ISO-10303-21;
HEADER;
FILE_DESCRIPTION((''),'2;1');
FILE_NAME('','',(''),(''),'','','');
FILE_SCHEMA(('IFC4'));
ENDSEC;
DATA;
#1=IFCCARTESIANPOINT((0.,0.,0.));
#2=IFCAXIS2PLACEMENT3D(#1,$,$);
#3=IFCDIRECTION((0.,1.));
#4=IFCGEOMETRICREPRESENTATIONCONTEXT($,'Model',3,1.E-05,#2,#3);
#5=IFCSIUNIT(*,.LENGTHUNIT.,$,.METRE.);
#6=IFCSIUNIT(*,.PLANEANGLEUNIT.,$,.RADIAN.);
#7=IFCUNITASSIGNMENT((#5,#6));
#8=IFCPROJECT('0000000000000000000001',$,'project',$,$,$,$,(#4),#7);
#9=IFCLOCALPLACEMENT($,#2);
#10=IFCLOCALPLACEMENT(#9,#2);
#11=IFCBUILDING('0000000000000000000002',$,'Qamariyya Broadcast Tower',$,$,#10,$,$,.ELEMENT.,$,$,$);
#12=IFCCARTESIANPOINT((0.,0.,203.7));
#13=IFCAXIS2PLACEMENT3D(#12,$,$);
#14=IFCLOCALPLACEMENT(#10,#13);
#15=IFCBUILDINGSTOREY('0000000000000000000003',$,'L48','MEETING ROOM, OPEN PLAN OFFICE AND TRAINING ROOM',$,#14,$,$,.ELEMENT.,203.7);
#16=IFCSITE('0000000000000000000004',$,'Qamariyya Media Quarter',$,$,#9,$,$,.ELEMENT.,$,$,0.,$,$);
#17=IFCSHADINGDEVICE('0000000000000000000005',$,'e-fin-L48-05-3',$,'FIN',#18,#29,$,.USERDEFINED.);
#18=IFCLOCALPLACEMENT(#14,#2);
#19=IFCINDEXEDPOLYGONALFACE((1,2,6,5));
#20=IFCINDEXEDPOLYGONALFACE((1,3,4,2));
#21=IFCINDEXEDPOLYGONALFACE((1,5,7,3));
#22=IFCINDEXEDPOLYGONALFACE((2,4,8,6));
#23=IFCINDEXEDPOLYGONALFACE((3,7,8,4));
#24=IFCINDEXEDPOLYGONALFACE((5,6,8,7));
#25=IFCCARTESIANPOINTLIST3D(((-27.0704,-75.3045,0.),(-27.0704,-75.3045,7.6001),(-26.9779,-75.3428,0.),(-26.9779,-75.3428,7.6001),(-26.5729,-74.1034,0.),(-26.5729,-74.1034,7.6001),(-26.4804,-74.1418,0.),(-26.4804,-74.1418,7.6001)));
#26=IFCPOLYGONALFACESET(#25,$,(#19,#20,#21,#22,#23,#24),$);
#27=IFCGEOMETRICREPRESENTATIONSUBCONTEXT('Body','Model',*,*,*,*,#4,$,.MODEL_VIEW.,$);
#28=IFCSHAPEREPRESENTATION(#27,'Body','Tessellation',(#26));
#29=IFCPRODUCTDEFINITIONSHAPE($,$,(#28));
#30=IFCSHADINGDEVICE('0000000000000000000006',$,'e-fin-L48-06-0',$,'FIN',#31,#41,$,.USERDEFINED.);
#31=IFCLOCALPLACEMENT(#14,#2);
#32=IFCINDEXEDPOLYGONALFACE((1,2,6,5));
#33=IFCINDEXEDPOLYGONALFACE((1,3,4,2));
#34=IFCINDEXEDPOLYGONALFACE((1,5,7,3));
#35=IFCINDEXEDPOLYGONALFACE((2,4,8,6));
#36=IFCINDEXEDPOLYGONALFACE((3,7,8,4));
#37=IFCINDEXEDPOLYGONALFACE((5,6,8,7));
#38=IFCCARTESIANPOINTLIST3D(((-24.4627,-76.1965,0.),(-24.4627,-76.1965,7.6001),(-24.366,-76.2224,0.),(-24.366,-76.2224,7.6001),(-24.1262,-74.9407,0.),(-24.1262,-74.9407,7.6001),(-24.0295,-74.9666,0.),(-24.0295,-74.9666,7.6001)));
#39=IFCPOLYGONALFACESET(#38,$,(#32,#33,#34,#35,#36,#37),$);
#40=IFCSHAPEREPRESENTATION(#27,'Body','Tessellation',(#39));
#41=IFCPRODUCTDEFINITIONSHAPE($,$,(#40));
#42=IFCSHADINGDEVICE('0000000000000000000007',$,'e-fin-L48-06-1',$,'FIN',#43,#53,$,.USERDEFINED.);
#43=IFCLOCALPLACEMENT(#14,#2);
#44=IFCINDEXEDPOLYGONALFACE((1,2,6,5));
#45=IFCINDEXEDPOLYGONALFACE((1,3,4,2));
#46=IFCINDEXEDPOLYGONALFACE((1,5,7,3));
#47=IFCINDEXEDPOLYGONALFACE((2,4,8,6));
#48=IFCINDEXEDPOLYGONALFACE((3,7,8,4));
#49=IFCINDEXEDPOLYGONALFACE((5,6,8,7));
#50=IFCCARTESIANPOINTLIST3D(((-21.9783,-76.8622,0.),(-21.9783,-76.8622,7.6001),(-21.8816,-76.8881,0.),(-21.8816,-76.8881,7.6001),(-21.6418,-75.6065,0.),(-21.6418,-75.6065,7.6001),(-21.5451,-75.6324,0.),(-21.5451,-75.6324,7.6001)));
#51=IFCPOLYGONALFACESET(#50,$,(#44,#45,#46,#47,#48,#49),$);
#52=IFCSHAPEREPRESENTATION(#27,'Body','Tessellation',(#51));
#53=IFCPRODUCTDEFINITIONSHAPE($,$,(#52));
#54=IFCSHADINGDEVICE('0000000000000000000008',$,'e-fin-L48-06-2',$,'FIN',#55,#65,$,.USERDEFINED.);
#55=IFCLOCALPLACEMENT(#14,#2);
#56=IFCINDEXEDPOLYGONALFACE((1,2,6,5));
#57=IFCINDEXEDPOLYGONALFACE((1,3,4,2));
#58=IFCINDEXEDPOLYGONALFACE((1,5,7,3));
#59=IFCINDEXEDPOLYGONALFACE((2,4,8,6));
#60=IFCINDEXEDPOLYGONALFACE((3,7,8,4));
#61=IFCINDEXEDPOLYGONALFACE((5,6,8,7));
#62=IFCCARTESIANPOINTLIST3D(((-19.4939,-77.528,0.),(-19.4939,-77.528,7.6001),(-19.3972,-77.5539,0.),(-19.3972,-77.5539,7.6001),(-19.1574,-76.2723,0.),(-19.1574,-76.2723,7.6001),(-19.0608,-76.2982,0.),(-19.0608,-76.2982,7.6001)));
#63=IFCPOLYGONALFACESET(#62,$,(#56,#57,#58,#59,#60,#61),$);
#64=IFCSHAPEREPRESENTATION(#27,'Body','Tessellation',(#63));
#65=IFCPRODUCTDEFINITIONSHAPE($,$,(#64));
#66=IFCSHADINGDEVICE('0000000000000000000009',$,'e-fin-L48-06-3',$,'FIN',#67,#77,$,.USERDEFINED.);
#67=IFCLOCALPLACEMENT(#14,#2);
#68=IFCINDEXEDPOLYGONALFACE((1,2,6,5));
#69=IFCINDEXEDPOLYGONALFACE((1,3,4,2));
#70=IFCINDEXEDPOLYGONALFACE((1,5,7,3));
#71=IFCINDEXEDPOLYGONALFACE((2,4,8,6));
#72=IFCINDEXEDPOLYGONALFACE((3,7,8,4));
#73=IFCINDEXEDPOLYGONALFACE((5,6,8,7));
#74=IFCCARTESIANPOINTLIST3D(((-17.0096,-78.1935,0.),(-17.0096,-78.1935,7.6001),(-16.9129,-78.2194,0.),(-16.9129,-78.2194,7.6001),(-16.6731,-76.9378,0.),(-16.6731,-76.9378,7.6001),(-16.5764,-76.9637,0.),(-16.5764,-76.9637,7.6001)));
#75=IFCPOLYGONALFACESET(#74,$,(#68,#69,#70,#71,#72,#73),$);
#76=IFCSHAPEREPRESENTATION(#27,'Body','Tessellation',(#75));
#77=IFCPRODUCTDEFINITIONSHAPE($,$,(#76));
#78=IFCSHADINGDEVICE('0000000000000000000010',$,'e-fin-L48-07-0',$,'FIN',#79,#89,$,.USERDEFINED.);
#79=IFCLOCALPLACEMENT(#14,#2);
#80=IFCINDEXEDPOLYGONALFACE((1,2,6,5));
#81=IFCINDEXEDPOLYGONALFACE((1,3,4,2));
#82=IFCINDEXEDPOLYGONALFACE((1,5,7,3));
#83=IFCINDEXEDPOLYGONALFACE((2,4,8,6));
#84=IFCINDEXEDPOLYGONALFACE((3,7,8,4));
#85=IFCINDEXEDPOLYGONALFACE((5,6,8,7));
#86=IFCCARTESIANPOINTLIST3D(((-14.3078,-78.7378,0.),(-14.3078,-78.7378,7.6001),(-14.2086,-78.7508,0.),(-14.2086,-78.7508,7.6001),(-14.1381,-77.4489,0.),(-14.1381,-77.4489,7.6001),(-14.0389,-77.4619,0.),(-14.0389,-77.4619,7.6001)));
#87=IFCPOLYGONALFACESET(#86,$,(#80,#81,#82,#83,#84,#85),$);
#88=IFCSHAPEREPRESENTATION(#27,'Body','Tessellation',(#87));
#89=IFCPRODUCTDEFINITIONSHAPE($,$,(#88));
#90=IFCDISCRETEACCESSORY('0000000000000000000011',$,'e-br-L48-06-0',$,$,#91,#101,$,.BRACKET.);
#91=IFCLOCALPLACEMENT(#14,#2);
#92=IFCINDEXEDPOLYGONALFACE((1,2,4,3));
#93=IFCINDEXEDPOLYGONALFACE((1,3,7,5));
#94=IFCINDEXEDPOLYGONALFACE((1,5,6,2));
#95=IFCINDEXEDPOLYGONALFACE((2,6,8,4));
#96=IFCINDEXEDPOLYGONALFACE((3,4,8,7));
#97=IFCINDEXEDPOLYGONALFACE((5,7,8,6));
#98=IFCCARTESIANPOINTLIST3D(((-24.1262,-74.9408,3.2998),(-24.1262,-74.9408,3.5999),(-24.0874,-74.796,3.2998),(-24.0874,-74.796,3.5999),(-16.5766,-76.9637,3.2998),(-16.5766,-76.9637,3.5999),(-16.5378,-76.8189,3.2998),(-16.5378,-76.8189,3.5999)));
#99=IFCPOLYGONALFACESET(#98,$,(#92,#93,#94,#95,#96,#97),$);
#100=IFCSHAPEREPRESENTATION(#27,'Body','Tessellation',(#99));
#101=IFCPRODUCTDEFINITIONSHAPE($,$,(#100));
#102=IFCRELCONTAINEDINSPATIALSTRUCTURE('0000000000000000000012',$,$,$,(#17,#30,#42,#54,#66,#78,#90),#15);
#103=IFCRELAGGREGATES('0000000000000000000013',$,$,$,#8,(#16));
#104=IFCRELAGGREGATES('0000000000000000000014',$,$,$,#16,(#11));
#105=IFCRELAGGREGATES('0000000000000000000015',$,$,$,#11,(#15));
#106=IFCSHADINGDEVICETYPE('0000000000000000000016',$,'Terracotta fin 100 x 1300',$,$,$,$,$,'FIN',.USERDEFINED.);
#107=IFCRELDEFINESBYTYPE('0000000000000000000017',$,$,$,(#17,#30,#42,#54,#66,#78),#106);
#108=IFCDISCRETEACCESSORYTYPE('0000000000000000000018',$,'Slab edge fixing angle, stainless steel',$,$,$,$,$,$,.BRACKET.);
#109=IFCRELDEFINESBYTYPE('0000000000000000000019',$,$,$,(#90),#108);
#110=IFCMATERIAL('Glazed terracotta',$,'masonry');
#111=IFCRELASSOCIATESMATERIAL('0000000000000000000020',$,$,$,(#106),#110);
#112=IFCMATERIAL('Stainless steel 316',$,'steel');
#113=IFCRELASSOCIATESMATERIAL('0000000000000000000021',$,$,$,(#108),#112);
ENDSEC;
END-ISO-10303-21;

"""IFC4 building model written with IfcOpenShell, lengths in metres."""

from ifc_helpers import new_model, si_unit, direction, frame, origin, origin_2d, place, context, subcontext, project, spatial, rectangle, extrude, material, material_profile, profile_set, type_object, element, save


model = new_model("IFC4")

# Units and contexts
model_context = context("Model", 3, precision=1e-05, world=origin(), true_north=direction((0.0, 1.0)))
body_context = subcontext(model_context, "Body", "Model", "MODEL_VIEW")
ifc_project = project(units=[si_unit("LENGTHUNIT", "METRE"), si_unit("PLANEANGLEUNIT", "RADIAN")], contexts=[model_context])

# Site, building, storey
site_placement = place(None, origin())
site = spatial("IfcSite", under=ifc_project, at=site_placement, Name="Qamariyya Media Quarter", CompositionType="ELEMENT", RefElevation=0.0)
building_placement = place(site_placement, origin())
building = spatial("IfcBuilding", under=site, at=building_placement, Name="Qamariyya Broadcast Tower", CompositionType="ELEMENT")
storey_placement = place(building_placement, frame((0.0, 0.0, 203.7)))
storey = spatial("IfcBuildingStorey", under=building, at=storey_placement, Name="L48", Description="MEETING ROOM, OPEN PLAN OFFICE AND TRAINING ROOM", CompositionType="ELEMENT", Elevation=203.7)

# Shading devices
ifc_material_1 = material(Name="Glazed terracotta", Category="masonry")
ifc_material_profile_1 = material_profile(ifc_material_1, rectangle(XDim=1.3, YDim=0.1001, at=origin_2d()))
ifc_profile_set_1 = profile_set([ifc_material_profile_1], Name="Glazed terracotta")
shading_device_type_1 = type_object("IfcShadingDeviceType", Name="Terracotta fin 100 x 1300", ElementType="FIN", PredefinedType="USERDEFINED", material=ifc_profile_set_1)
for number, where, z_axis, x_axis, name in (
    (1, (-26.7754, -74.7231, 0.0), (0.0, 0.0, 1.0), (-0.382683, -0.92388, 0.0), "e-fin-L48-05-3"),
    (2, (-24.2461, -75.5815, 0.0), (0.0, 0.0, 1.0), (-0.258819, -0.965926, 0.0), "e-fin-L48-06-0"),
    (3, (-21.7617, -76.2473, 0.0), (0.0, 0.0, 1.0), (-0.258819, -0.965926, 0.0), "e-fin-L48-06-1"),
    (4, (-19.2773, -76.9131, 0.0), (0.0, 0.0, 1.0), (-0.258819, -0.965926, 0.0), "e-fin-L48-06-2"),
    (5, (-16.793, -77.5786, 0.0), (0.0, 0.0, 1.0), (-0.258819, -0.965926, 0.0), "e-fin-L48-06-3"),
    (6, (-14.1733, -78.0999, 0.0), (0.0, 0.0, 1.0), (-0.130526, -0.991445, 0.0), "e-fin-L48-07-0"),
):
    element("IfcShadingDevice", number, at=place(storey_placement, frame(where, z_axis=z_axis, x_axis=x_axis)), inside=storey, type_object=shading_device_type_1, Name=name, ObjectType="FIN", PredefinedType="USERDEFINED", context=body_context, shape_type="SweptSolid", body=[
        extrude(rectangle(XDim=1.3, YDim=0.1001, at=origin_2d()), origin(), (0.0, 0.0, 1.0), 7.6001),
    ])

# Discrete accessory
ifc_material_2 = material(Name="Stainless steel 316", Category="steel")
discrete_accessory_type = type_object("IfcDiscreteAccessoryType", Name="Slab edge fixing angle, stainless steel", PredefinedType="BRACKET", material=ifc_material_2)
discrete_accessory_placement = place(storey_placement, frame((-20.332, -75.8799, 3.2998), z_axis=(0.0, 0.0, 1.0), x_axis=(0.965926, -0.258819, 0.0)))
element("IfcDiscreteAccessory", 7, at=discrete_accessory_placement, inside=storey, type_object=discrete_accessory_type, Name="e-br-L48-06-0", PredefinedType="BRACKET", context=body_context, shape_type="SweptSolid", body=[
    extrude(rectangle(XDim=7.8159, YDim=0.1499, at=origin_2d()), origin(), (0.0, 0.0, 1.0), 0.3),
])

save(model, "model.ifc")
